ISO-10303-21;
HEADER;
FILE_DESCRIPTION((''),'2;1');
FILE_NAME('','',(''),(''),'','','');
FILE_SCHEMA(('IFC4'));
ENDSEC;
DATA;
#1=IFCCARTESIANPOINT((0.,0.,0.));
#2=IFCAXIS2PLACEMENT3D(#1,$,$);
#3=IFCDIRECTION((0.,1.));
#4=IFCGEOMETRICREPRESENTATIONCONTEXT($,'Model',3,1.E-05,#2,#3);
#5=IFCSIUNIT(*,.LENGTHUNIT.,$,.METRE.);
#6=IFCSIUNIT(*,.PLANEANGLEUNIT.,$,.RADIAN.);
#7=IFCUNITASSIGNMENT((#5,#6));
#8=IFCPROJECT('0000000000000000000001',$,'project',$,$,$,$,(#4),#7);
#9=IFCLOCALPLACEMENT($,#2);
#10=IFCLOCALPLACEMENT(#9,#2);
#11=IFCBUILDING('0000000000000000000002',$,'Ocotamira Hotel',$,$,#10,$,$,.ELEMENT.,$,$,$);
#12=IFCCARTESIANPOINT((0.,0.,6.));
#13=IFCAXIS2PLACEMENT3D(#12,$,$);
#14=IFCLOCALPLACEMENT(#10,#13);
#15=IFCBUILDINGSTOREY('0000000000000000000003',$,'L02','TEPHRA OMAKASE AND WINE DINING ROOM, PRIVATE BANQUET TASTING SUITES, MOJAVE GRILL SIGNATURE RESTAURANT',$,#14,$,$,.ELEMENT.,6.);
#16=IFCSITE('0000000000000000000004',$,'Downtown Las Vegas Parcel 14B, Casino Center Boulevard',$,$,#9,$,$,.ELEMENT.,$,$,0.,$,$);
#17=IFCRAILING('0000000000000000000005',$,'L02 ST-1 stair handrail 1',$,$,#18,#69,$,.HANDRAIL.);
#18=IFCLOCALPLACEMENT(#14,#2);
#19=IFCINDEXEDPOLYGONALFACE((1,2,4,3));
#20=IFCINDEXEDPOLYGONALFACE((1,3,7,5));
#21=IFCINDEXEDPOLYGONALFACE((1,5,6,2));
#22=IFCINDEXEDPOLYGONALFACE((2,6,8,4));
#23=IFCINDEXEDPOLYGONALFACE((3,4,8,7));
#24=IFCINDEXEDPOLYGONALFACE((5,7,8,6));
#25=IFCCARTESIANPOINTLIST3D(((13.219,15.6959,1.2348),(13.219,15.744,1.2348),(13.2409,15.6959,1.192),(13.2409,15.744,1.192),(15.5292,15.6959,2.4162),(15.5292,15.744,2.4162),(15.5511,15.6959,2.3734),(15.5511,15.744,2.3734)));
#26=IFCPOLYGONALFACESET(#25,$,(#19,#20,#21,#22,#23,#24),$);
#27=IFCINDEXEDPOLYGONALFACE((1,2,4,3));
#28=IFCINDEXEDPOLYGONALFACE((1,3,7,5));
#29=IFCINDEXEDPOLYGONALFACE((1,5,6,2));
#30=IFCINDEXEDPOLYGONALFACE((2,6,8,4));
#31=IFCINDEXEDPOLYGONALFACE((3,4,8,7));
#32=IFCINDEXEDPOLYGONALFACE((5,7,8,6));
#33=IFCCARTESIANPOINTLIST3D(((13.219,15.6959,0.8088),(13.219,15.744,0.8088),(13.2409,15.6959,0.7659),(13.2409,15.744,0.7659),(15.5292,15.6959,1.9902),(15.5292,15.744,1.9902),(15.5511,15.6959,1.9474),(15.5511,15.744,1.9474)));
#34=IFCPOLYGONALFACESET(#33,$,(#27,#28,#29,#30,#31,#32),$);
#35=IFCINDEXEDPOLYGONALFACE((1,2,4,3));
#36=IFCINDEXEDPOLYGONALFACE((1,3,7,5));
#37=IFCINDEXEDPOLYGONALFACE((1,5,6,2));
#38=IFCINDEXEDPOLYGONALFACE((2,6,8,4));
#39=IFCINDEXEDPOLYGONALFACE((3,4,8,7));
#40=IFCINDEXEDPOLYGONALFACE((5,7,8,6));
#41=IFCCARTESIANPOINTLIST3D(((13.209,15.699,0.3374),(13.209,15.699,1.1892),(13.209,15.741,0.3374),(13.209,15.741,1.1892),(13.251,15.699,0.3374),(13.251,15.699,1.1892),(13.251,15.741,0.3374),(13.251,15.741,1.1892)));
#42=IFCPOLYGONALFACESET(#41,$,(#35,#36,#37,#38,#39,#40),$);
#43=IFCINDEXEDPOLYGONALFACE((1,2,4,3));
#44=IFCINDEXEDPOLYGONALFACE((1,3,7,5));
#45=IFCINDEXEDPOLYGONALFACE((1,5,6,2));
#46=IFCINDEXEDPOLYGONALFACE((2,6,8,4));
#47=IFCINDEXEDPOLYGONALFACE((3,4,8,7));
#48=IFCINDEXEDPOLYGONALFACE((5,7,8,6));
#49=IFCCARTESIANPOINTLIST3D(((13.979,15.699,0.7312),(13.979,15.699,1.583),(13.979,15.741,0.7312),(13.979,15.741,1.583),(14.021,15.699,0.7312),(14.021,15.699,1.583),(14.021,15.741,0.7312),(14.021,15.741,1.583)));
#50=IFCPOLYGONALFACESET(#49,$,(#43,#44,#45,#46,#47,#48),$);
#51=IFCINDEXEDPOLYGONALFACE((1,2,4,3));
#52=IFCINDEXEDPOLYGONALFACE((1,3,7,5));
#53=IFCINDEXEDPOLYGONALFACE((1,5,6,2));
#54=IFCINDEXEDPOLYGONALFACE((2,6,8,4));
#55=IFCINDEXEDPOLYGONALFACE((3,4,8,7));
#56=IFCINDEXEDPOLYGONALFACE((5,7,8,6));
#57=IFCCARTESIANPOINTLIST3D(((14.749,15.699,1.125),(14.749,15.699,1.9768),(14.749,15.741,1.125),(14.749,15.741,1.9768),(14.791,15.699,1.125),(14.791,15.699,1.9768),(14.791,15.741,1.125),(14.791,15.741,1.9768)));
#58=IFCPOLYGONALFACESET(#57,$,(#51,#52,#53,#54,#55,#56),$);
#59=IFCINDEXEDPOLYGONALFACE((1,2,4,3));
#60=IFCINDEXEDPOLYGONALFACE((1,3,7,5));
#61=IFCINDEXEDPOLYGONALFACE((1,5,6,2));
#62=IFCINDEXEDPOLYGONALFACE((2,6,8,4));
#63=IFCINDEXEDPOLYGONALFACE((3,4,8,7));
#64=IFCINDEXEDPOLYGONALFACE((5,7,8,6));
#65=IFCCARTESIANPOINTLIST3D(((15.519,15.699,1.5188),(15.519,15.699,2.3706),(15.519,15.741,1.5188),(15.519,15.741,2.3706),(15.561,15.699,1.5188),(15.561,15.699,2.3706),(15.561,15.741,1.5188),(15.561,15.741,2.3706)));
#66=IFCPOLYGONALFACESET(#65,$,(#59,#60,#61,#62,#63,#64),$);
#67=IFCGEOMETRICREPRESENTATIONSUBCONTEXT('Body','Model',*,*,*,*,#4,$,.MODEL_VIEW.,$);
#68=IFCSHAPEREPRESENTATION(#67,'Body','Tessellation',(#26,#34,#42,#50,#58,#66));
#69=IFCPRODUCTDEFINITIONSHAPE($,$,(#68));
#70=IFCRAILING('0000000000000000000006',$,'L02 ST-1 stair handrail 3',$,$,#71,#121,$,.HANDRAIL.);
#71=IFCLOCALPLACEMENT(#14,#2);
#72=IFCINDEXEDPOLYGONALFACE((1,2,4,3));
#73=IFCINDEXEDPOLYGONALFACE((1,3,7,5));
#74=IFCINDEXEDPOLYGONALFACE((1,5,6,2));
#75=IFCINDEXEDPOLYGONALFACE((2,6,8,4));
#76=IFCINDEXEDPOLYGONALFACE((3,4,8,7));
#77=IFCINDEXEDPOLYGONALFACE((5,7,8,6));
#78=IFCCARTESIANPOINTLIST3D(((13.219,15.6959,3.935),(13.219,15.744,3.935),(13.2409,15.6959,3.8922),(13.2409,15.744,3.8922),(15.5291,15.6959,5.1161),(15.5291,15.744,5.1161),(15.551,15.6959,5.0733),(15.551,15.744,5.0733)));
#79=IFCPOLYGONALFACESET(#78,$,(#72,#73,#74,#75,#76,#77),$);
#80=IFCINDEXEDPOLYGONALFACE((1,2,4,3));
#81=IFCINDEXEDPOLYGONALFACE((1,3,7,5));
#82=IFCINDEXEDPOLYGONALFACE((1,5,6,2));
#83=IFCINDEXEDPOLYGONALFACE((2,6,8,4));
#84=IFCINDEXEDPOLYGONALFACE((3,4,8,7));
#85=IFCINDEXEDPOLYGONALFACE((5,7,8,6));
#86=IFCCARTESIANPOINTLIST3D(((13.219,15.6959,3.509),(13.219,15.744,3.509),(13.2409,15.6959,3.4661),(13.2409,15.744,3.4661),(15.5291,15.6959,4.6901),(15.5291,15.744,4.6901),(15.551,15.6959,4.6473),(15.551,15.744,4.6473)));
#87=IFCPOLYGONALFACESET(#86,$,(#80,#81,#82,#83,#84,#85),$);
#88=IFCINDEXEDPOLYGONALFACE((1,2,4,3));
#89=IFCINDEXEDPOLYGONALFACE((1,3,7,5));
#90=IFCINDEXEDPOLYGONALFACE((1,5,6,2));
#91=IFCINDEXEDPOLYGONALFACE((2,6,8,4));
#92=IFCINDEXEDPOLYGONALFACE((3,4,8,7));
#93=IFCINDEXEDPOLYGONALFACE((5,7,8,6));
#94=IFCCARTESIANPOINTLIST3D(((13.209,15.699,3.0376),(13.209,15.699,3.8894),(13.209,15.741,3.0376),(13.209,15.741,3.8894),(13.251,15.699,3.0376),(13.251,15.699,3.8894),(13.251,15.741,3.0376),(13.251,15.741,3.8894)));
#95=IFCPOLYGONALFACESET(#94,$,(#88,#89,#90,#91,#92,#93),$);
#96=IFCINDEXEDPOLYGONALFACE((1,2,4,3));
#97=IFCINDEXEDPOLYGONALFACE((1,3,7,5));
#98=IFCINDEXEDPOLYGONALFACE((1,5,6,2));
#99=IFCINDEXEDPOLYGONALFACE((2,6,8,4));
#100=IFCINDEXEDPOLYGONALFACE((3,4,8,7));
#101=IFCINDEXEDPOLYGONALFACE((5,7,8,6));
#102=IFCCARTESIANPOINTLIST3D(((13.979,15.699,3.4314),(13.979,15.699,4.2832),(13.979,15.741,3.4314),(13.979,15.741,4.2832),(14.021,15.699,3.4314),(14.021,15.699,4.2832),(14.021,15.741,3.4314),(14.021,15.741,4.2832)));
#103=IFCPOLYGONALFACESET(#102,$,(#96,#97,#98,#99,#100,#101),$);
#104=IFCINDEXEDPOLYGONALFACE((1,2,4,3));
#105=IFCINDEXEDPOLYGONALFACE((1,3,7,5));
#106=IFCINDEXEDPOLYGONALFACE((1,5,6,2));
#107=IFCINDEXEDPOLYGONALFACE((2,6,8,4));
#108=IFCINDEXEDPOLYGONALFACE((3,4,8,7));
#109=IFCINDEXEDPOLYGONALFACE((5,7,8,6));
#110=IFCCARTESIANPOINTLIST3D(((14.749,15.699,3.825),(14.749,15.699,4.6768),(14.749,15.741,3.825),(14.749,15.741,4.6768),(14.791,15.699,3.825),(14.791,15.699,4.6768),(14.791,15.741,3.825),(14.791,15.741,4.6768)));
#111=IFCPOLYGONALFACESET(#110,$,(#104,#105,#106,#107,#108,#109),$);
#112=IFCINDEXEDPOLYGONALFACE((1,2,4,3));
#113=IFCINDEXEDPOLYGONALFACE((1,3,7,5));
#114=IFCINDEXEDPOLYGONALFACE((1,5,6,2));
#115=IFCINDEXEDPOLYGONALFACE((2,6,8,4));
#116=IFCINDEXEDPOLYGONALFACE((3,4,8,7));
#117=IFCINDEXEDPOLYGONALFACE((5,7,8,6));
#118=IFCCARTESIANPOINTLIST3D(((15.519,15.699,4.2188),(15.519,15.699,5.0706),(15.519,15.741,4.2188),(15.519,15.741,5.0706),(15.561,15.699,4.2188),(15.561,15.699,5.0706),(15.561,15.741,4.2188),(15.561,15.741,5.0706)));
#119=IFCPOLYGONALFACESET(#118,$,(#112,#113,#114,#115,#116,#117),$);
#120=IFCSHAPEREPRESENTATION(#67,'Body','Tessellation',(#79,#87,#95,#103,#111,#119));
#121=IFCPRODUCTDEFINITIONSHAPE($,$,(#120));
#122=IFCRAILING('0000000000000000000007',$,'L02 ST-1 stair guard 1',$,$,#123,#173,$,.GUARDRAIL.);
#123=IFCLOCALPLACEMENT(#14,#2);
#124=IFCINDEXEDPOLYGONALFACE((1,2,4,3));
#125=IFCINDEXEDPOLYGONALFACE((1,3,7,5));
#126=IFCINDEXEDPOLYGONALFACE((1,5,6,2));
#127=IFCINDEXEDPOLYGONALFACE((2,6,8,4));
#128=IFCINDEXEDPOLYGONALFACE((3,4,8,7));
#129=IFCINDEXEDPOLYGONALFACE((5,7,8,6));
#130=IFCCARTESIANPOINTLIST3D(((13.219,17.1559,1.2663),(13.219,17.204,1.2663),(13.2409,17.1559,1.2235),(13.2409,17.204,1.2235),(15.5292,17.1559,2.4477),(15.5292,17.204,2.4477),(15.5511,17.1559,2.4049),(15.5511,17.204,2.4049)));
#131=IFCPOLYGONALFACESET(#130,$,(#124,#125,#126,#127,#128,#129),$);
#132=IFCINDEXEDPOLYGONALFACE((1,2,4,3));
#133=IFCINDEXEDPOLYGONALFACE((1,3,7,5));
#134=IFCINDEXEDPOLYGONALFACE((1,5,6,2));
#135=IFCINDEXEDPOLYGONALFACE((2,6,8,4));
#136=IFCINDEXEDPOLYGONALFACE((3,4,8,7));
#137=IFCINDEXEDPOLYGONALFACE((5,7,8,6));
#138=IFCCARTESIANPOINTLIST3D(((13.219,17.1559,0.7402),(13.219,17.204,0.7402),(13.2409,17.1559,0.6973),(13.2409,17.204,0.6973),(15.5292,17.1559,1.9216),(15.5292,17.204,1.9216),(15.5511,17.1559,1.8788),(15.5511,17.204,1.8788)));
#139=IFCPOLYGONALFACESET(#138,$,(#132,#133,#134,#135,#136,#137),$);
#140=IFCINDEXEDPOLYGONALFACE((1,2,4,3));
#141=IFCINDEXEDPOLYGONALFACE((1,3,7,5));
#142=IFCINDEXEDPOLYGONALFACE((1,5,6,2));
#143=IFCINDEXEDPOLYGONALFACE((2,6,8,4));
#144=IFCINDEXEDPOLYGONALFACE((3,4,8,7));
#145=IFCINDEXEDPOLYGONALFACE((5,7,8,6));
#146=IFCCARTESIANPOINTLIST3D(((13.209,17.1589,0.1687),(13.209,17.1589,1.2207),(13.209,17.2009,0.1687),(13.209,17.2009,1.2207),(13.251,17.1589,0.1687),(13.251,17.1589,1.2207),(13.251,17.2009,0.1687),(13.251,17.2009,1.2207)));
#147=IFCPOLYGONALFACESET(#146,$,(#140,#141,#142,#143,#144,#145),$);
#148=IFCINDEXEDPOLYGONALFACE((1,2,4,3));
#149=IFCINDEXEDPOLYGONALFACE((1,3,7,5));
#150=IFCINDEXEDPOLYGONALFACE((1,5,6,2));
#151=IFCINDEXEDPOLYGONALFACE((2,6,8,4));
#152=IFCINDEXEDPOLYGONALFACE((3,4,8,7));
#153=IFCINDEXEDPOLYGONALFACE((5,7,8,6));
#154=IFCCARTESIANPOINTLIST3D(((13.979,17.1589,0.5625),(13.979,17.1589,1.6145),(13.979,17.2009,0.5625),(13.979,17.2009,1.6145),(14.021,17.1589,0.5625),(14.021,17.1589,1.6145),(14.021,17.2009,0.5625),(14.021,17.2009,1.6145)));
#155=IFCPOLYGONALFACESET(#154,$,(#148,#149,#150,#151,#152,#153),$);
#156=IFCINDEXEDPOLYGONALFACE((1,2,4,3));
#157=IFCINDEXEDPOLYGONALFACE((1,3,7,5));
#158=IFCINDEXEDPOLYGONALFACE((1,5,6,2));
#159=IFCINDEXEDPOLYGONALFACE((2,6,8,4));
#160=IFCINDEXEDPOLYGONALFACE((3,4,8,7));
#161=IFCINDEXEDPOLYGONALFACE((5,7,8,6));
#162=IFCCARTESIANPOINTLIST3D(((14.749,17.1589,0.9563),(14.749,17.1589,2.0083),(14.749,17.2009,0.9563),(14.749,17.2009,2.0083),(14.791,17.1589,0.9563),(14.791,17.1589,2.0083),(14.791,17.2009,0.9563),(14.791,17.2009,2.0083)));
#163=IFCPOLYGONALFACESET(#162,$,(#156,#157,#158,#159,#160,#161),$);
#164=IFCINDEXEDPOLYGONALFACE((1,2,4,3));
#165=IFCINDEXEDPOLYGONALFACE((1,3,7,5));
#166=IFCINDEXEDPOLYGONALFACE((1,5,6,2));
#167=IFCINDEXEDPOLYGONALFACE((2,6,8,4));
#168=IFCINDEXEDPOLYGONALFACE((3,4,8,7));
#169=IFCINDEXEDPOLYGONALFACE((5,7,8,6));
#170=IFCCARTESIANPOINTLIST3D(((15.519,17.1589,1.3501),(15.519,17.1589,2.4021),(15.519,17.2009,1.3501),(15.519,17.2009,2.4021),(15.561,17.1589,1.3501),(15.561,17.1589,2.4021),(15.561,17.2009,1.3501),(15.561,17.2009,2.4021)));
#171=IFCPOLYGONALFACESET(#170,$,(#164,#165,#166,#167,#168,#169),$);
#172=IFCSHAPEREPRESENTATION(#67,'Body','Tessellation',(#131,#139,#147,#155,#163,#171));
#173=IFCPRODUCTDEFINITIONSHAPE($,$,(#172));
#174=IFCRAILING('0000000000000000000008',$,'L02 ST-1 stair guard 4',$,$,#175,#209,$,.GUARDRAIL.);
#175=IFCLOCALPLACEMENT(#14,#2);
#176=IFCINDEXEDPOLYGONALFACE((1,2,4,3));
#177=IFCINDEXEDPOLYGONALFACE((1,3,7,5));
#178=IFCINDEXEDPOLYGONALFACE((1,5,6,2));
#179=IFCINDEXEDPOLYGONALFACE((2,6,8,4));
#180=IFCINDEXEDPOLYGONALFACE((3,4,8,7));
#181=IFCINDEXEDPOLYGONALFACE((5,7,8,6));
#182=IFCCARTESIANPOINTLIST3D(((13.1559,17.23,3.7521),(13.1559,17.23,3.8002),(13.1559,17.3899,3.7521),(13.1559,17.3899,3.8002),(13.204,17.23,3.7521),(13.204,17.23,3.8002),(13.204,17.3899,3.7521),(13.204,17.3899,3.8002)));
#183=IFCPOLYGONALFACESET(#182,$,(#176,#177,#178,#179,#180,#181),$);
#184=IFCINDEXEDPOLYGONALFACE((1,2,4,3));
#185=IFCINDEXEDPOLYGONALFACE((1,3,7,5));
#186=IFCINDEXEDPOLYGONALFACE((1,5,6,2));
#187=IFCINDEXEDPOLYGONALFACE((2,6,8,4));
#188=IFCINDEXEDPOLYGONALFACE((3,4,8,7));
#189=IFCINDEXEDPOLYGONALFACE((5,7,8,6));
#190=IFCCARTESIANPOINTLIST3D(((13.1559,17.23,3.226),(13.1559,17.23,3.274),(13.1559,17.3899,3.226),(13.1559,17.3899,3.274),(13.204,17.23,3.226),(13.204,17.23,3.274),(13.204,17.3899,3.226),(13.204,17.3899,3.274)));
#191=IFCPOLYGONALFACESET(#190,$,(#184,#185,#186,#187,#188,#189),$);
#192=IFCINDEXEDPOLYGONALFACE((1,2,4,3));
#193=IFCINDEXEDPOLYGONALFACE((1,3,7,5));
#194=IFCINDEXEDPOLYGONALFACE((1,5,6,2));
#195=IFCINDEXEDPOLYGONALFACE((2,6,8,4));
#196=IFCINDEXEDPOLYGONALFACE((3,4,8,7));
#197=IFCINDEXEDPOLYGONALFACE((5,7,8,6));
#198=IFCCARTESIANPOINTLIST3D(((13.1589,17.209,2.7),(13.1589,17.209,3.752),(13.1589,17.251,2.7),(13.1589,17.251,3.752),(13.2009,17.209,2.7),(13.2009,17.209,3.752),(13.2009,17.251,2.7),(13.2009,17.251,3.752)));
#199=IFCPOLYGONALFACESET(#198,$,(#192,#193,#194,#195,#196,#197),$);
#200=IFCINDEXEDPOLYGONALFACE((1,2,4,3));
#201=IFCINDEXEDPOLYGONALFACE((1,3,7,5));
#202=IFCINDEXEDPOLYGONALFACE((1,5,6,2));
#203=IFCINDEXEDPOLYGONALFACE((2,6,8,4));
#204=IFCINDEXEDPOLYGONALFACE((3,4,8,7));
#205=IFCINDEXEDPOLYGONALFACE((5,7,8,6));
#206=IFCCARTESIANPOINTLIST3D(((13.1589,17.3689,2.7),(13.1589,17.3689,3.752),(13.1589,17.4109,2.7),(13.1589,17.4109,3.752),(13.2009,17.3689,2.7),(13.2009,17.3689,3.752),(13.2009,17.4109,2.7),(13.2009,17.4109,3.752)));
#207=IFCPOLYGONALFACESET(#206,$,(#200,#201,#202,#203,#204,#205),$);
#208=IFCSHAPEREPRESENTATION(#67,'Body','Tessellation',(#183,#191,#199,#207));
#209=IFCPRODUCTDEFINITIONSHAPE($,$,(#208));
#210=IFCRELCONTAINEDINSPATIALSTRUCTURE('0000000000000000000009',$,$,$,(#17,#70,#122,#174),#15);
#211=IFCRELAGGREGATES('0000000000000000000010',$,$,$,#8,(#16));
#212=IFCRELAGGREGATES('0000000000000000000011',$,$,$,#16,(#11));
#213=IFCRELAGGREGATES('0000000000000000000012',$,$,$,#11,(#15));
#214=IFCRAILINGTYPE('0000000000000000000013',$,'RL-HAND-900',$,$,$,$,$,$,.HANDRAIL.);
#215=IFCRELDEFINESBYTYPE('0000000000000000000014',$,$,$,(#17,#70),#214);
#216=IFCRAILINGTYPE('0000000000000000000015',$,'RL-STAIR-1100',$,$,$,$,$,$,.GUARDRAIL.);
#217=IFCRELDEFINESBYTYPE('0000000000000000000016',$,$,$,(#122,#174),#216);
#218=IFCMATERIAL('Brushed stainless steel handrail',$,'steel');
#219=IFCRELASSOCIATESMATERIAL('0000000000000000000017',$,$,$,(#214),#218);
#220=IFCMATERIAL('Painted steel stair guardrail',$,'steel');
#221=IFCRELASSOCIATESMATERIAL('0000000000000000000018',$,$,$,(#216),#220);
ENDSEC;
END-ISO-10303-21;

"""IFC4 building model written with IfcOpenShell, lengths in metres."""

from ifc_helpers import new_model, si_unit, direction, frame, origin, origin_2d, place, context, subcontext, project, spatial, rectangle, extrude, material, type_object, element, save


model = new_model("IFC4")

# Units and contexts
model_context = context("Model", 3, precision=1e-05, world=origin(), true_north=direction((0.0, 1.0)))
body_context = subcontext(model_context, "Body", "Model", "MODEL_VIEW")
ifc_project = project(units=[si_unit("LENGTHUNIT", "METRE"), si_unit("PLANEANGLEUNIT", "RADIAN")], contexts=[model_context])

# Site, building, storey
site_placement = place(None, origin())
site = spatial("IfcSite", under=ifc_project, at=site_placement, Name="Downtown Las Vegas Parcel 14B, Casino Center Boulevard", CompositionType="ELEMENT", RefElevation=0.0)
building_placement = place(site_placement, origin())
building = spatial("IfcBuilding", under=site, at=building_placement, Name="Ocotamira Hotel", CompositionType="ELEMENT")
storey_placement = place(building_placement, frame((0.0, 0.0, 6.0)))
storey = spatial("IfcBuildingStorey", under=building, at=storey_placement, Name="L02", Description="TEPHRA OMAKASE AND WINE DINING ROOM, PRIVATE BANQUET TASTING SUITES, MOJAVE GRILL SIGNATURE RESTAURANT", CompositionType="ELEMENT", Elevation=6.0)

# Railings
ifc_material_1 = material(Name="Brushed stainless steel handrail", Category="steel")
railing_type_1 = type_object("IfcRailingType", Name="RL-HAND-900", PredefinedType="HANDRAIL", material=ifc_material_1)
railing_1_placement = place(storey_placement, frame((13.23, 15.72, 0.3374)))
element("IfcRailing", 1, at=railing_1_placement, inside=storey, type_object=railing_type_1, Name="L02 ST-1 stair handrail 1", PredefinedType="HANDRAIL", context=body_context, shape_type="SweptSolid", body=[
    extrude(rectangle(XDim=0.0481, YDim=0.0481, at=origin_2d()), frame((0.0, 0.0, 0.876), z_axis=(0.890325, 0.0, 0.455325), x_axis=(0.0, 1.0, 0.0)), (0.0, 0.0, 1.0), 2.5947),
    extrude(rectangle(XDim=0.0481, YDim=0.0481, at=origin_2d()), frame((0.0, 0.0, 0.45), z_axis=(0.890325, 0.0, 0.455325), x_axis=(0.0, 1.0, 0.0)), (0.0, 0.0, 1.0), 2.5947),
    extrude(rectangle(XDim=0.042, YDim=0.042, at=origin_2d()), origin(), (0.0, 0.0, 1.0), 0.8518),
    extrude(rectangle(XDim=0.042, YDim=0.042, at=origin_2d()), frame((0.77, 0.0, 0.3938)), (0.0, 0.0, 1.0), 0.8518),
    extrude(rectangle(XDim=0.042, YDim=0.042, at=origin_2d()), frame((1.54, 0.0, 0.7876)), (0.0, 0.0, 1.0), 0.8518),
    extrude(rectangle(XDim=0.042, YDim=0.042, at=origin_2d()), frame((2.3101, 0.0, 1.1814)), (0.0, 0.0, 1.0), 0.8518),
])
railing_2_placement = place(storey_placement, frame((13.23, 15.72, 3.0376)))
element("IfcRailing", 2, at=railing_2_placement, inside=storey, type_object=railing_type_1, Name="L02 ST-1 stair handrail 3", PredefinedType="HANDRAIL", context=body_context, shape_type="SweptSolid", body=[
    extrude(rectangle(XDim=0.0481, YDim=0.0481, at=origin_2d()), frame((0.0, 0.0, 0.876), z_axis=(0.890363, 0.0, 0.45525), x_axis=(0.0, 1.0, 0.0)), (0.0, 0.0, 1.0), 2.5945),
    extrude(rectangle(XDim=0.0481, YDim=0.0481, at=origin_2d()), frame((0.0, 0.0, 0.45), z_axis=(0.890363, 0.0, 0.45525), x_axis=(0.0, 1.0, 0.0)), (0.0, 0.0, 1.0), 2.5945),
    extrude(rectangle(XDim=0.042, YDim=0.042, at=origin_2d()), origin(), (0.0, 0.0, 1.0), 0.8518),
    extrude(rectangle(XDim=0.042, YDim=0.042, at=origin_2d()), frame((0.77, 0.0, 0.3938)), (0.0, 0.0, 1.0), 0.8518),
    extrude(rectangle(XDim=0.042, YDim=0.042, at=origin_2d()), frame((1.54, 0.0, 0.7874)), (0.0, 0.0, 1.0), 0.8518),
    extrude(rectangle(XDim=0.042, YDim=0.042, at=origin_2d()), frame((2.3101, 0.0, 1.1812)), (0.0, 0.0, 1.0), 0.8518),
])
ifc_material_2 = material(Name="Painted steel stair guardrail", Category="steel")
railing_type_2 = type_object("IfcRailingType", Name="RL-STAIR-1100", PredefinedType="GUARDRAIL", material=ifc_material_2)
railing_3_placement = place(storey_placement, frame((13.23, 17.1799, 0.1687)))
element("IfcRailing", 3, at=railing_3_placement, inside=storey, type_object=railing_type_2, Name="L02 ST-1 stair guard 1", PredefinedType="GUARDRAIL", context=body_context, shape_type="SweptSolid", body=[
    extrude(rectangle(XDim=0.0481, YDim=0.0481, at=origin_2d()), frame((0.0, 0.0, 1.0762), z_axis=(0.890325, 0.0, 0.455325), x_axis=(0.0, 1.0, 0.0)), (0.0, 0.0, 1.0), 2.5947),
    extrude(rectangle(XDim=0.0481, YDim=0.0481, at=origin_2d()), frame((0.0, 0.0, 0.55), z_axis=(0.890325, 0.0, 0.455325), x_axis=(0.0, 1.0, 0.0)), (0.0, 0.0, 1.0), 2.5947),
    extrude(rectangle(XDim=0.042, YDim=0.042, at=origin_2d()), origin(), (0.0, 0.0, 1.0), 1.052),
    extrude(rectangle(XDim=0.042, YDim=0.042, at=origin_2d()), frame((0.77, 0.0, 0.3938)), (0.0, 0.0, 1.0), 1.052),
    extrude(rectangle(XDim=0.042, YDim=0.042, at=origin_2d()), frame((1.54, 0.0, 0.7876)), (0.0, 0.0, 1.0), 1.052),
    extrude(rectangle(XDim=0.042, YDim=0.042, at=origin_2d()), frame((2.3101, 0.0, 1.1814)), (0.0, 0.0, 1.0), 1.052),
])
railing_4_placement = place(storey_placement, frame((13.1799, 17.23, 2.7)))
element("IfcRailing", 4, at=railing_4_placement, inside=storey, type_object=railing_type_2, Name="L02 ST-1 stair guard 4", PredefinedType="GUARDRAIL", context=body_context, shape_type="SweptSolid", body=[
    extrude(rectangle(XDim=0.0481, YDim=0.0481, at=origin_2d()), frame((0.0, 0.0, 1.0762), z_axis=(0.0, 1.0, 0.0), x_axis=(-1.0, 0.0, 0.0)), (0.0, 0.0, 1.0), 0.1599),
    extrude(rectangle(XDim=0.0481, YDim=0.0481, at=origin_2d()), frame((0.0, 0.0, 0.55), z_axis=(0.0, 1.0, 0.0), x_axis=(-1.0, 0.0, 0.0)), (0.0, 0.0, 1.0), 0.1599),
    extrude(rectangle(XDim=0.042, YDim=0.042, at=origin_2d()), origin(), (0.0, 0.0, 1.0), 1.052),
    extrude(rectangle(XDim=0.042, YDim=0.042, at=origin_2d()), frame((0.0, 0.1599, 0.0)), (0.0, 0.0, 1.0), 1.052),
])

save(model, "model.ifc")
